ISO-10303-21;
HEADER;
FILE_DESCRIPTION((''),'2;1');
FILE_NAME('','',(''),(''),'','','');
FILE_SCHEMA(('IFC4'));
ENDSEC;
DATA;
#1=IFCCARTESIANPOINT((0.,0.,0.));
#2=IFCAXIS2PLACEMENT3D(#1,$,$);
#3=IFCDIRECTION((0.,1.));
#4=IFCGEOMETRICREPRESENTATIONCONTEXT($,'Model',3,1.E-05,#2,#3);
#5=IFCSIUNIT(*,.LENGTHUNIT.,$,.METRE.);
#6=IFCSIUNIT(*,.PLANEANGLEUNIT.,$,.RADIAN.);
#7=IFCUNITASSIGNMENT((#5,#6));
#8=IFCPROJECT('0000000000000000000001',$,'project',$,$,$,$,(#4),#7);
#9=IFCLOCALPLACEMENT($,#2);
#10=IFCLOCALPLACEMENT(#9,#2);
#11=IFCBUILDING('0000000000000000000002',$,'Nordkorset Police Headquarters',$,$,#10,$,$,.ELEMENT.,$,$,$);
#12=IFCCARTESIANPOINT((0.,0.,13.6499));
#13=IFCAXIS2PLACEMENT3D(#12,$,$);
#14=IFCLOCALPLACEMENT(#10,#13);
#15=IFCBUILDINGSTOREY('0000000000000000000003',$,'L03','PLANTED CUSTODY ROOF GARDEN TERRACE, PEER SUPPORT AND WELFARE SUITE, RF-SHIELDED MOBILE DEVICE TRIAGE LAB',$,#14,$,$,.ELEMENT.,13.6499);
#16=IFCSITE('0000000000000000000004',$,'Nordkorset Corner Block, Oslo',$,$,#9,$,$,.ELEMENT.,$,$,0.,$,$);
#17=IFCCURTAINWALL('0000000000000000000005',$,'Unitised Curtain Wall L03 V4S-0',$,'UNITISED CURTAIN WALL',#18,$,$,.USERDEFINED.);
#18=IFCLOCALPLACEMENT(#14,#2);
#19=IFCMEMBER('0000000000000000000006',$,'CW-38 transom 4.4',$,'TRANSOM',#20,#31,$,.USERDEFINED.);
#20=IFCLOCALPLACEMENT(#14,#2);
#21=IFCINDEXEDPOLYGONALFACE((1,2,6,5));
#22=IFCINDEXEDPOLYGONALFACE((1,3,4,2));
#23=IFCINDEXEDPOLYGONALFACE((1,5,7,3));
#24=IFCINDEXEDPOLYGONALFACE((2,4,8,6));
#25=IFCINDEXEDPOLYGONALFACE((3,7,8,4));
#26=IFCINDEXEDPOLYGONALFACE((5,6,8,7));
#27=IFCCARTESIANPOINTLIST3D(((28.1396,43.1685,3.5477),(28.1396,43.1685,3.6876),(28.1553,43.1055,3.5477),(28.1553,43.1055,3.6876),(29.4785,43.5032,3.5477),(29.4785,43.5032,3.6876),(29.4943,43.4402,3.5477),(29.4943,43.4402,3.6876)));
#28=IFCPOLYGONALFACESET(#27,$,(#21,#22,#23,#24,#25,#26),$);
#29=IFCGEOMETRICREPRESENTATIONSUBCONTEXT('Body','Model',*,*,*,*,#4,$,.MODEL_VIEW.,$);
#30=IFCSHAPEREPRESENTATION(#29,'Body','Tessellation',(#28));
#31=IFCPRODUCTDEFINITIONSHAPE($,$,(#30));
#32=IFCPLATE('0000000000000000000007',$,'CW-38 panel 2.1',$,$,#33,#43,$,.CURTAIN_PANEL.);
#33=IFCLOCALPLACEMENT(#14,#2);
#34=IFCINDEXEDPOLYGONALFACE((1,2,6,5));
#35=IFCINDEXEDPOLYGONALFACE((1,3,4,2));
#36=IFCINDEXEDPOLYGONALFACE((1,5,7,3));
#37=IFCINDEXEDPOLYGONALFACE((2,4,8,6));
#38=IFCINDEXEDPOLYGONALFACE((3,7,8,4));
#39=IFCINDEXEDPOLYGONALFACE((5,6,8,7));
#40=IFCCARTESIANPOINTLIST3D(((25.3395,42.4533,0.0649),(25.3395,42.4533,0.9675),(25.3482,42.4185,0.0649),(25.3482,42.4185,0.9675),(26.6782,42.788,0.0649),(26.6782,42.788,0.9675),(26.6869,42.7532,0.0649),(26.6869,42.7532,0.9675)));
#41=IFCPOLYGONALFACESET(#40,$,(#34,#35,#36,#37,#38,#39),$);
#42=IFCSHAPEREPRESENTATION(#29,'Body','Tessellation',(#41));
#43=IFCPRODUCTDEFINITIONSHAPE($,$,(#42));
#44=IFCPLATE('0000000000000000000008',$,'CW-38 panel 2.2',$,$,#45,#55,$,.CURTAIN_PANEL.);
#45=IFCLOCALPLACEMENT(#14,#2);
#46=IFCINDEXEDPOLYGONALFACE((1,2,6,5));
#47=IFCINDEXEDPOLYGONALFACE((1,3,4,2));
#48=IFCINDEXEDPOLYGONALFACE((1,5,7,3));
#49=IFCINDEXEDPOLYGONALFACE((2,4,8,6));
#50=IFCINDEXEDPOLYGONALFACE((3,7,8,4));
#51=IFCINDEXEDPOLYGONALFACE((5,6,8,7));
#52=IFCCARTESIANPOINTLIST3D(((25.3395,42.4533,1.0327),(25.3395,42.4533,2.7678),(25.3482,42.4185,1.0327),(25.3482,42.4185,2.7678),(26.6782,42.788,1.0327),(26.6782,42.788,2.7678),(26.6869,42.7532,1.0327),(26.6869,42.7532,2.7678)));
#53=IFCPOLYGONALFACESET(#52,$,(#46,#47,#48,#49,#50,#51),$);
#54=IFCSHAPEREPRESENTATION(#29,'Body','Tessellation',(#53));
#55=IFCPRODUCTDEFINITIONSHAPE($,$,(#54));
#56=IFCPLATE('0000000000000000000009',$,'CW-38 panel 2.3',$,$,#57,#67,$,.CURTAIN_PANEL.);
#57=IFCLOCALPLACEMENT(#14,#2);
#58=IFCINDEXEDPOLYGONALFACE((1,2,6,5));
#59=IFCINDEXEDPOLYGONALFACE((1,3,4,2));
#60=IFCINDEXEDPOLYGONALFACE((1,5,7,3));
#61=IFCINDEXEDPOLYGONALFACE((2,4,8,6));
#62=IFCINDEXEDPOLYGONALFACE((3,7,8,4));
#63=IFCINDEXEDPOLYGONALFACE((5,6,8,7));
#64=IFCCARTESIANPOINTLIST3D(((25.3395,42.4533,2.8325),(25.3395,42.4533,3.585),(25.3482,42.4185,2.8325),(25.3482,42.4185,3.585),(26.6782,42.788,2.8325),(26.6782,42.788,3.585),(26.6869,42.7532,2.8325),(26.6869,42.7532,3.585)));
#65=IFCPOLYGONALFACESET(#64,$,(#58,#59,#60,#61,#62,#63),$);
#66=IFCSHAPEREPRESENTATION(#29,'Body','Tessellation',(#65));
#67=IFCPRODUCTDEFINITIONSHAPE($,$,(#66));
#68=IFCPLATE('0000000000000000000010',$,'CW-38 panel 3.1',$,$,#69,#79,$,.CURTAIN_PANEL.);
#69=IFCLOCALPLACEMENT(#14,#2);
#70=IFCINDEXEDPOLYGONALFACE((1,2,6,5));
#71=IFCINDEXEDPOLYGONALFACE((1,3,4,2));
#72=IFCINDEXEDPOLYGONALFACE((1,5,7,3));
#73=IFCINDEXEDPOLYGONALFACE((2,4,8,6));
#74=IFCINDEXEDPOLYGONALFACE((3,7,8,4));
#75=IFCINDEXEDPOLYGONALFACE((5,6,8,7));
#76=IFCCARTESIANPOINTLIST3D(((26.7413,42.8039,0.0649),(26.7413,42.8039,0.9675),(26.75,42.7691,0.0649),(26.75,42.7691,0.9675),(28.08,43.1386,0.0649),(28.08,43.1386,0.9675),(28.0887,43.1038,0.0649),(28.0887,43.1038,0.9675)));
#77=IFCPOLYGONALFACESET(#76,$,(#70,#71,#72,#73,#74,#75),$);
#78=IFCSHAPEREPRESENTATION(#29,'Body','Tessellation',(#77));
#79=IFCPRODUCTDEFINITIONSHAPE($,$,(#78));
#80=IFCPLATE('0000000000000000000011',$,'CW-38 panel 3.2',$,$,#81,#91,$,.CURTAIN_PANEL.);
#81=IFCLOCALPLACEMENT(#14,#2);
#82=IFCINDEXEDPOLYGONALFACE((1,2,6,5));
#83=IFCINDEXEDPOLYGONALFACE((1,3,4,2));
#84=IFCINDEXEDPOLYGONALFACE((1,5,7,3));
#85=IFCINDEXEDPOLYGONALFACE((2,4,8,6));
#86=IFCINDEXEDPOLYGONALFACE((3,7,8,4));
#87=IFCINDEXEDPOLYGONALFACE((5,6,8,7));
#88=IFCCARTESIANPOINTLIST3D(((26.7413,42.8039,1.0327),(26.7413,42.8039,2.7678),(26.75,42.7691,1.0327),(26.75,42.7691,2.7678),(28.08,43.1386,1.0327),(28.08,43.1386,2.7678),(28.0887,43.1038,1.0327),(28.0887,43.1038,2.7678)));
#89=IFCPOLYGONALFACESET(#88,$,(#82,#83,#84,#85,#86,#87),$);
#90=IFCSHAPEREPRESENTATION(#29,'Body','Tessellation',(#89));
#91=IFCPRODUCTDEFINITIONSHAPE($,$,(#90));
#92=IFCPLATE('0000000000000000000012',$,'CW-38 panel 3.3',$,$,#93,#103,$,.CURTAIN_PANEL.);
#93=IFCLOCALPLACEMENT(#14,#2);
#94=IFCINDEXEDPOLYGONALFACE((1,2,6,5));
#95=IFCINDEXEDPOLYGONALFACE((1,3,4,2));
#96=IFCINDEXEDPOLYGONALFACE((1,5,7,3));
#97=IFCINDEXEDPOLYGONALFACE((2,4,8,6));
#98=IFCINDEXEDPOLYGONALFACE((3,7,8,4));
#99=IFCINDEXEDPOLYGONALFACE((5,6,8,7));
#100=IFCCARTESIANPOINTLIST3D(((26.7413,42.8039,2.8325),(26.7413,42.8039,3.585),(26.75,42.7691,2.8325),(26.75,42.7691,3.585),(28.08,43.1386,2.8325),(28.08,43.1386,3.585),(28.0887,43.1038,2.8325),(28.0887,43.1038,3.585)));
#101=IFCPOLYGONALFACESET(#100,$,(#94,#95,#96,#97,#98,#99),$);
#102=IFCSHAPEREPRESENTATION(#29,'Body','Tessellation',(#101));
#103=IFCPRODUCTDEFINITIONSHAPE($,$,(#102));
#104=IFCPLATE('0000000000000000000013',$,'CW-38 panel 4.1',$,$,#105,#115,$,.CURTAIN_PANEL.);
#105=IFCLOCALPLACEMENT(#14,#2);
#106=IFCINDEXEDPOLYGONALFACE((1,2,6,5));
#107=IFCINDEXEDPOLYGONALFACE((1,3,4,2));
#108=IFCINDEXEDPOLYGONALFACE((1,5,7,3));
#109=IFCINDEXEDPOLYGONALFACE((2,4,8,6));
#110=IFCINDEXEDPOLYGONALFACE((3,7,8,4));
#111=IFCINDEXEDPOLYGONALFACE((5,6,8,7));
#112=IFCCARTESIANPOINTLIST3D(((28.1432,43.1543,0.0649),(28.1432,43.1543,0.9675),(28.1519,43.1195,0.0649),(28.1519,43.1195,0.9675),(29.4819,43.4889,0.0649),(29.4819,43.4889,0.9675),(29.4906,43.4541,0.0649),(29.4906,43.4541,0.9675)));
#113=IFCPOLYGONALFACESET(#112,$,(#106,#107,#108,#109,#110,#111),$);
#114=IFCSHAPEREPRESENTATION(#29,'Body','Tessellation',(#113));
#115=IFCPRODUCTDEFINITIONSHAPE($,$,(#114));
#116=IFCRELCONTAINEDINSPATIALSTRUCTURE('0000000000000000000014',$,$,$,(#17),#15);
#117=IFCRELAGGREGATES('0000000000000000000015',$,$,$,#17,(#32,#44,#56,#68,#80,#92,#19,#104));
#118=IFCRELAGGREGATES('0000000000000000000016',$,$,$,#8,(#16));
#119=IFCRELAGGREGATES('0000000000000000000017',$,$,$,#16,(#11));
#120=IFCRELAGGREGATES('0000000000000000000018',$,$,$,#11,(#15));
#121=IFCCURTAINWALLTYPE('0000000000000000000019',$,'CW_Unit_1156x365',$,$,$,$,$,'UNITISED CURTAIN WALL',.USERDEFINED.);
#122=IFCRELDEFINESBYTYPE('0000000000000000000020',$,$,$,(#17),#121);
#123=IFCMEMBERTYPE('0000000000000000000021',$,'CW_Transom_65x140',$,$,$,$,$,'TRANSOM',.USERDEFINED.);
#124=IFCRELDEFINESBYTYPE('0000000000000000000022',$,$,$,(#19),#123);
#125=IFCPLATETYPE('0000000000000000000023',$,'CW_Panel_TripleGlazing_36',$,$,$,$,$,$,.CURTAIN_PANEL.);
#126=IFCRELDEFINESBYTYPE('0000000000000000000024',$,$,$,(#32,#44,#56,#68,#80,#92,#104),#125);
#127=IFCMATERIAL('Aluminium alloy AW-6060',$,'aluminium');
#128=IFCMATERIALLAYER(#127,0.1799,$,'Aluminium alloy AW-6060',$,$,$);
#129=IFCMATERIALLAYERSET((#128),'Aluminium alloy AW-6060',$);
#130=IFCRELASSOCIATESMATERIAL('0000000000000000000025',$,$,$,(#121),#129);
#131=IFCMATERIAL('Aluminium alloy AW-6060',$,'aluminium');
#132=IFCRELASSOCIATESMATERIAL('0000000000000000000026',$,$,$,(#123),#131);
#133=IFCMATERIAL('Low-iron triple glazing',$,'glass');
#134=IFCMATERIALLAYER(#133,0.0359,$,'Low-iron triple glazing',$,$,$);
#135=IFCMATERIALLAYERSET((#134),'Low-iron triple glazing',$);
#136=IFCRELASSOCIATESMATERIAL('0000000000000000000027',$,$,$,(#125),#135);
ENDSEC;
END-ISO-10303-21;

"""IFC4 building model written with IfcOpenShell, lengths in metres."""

from ifc_helpers import new_model, si_unit, direction, frame, origin, origin_2d, place, context, subcontext, project, spatial, rectangle, extrude, material, layer, layer_set, material_profile, profile_set, type_object, element, aggregate, save


model = new_model("IFC4")

# Units and contexts
model_context = context("Model", 3, precision=1e-05, world=origin(), true_north=direction((0.0, 1.0)))
body_context = subcontext(model_context, "Body", "Model", "MODEL_VIEW")
ifc_project = project(units=[si_unit("LENGTHUNIT", "METRE"), si_unit("PLANEANGLEUNIT", "RADIAN")], contexts=[model_context])

# Site, building, storey
site_placement = place(None, origin())
site = spatial("IfcSite", under=ifc_project, at=site_placement, Name="Nordkorset Corner Block, Oslo", CompositionType="ELEMENT", RefElevation=0.0)
building_placement = place(site_placement, origin())
building = spatial("IfcBuilding", under=site, at=building_placement, Name="Nordkorset Police Headquarters", CompositionType="ELEMENT")
storey_placement = place(building_placement, frame((0.0, 0.0, 13.6499)))
storey = spatial("IfcBuildingStorey", under=building, at=storey_placement, Name="L03", Description="PLANTED CUSTODY ROOF GARDEN TERRACE, PEER SUPPORT AND WELFARE SUITE, RF-SHIELDED MOBILE DEVICE TRIAGE LAB", CompositionType="ELEMENT", Elevation=13.6499)

# Curtain wall, member, plates
ifc_material_1 = material(Name="Aluminium alloy AW-6060", Category="aluminium")
ifc_layer_1 = layer(ifc_material_1, 0.1799, Name="Aluminium alloy AW-6060")
ifc_layer_set_1 = layer_set([ifc_layer_1], Name="Aluminium alloy AW-6060")
curtain_wall_type = type_object("IfcCurtainWallType", Name="CW_Unit_1156x365", ElementType="UNITISED CURTAIN WALL", PredefinedType="USERDEFINED", material=ifc_layer_set_1)
curtain_wall_placement = place(storey_placement, origin())
curtain_wall = element("IfcCurtainWall", 1, at=curtain_wall_placement, inside=storey, type_object=curtain_wall_type, Name="Unitised Curtain Wall L03 V4S-0", ObjectType="UNITISED CURTAIN WALL", PredefinedType="USERDEFINED")
ifc_material_2 = material(Name="Aluminium alloy AW-6060", Category="aluminium")
ifc_material_profile_1 = material_profile(ifc_material_2, rectangle(XDim=0.0649, YDim=0.1399, at=origin_2d()), Name="ALU TRAN 65x140")
ifc_profile_set_1 = profile_set([ifc_material_profile_1], Name="Aluminium alloy AW-6060")
member_type_1 = type_object("IfcMemberType", Name="CW_Transom_65x140", ElementType="TRANSOM", PredefinedType="USERDEFINED", material=ifc_profile_set_1)
member_1_placement = place(storey_placement, frame((28.1475, 43.137, 3.6177), z_axis=(0.970143, 0.242536, 0.0), x_axis=(-0.242536, 0.970143, 0.0)))
member_1 = element("IfcMember", 2, at=member_1_placement, type_object=member_type_1, Name="CW-38 transom 4.4", ObjectType="TRANSOM", PredefinedType="USERDEFINED", context=body_context, shape_type="SweptSolid", body=[
    extrude(rectangle(XDim=0.0649, YDim=0.1399, at=origin_2d()), origin(), (0.0, 0.0, 1.0), 1.3801),
])
ifc_material_3 = material(Name="Low-iron triple glazing", Category="glass")
ifc_layer_2 = layer(ifc_material_3, 0.0359, Name="Low-iron triple glazing")
ifc_layer_set_2 = layer_set([ifc_layer_2], Name="Low-iron triple glazing")
plate_type = type_object("IfcPlateType", Name="CW_Panel_TripleGlazing_36", PredefinedType="CURTAIN_PANEL", material=ifc_layer_set_2)
plate_1_placement = place(storey_placement, frame((26.0132, 42.6033, 0.0649), z_axis=(0.0, 0.0, 1.0), x_axis=(0.970143, 0.242536, 0.0)))
plate_1 = element("IfcPlate", 3, at=plate_1_placement, type_object=plate_type, Name="CW-38 panel 2.1", PredefinedType="CURTAIN_PANEL", context=body_context, shape_type="SweptSolid", body=[
    extrude(rectangle(XDim=1.3799, YDim=0.0359, at=origin_2d()), origin(), (0.0, 0.0, 1.0), 0.9026),
])
plate_2_placement = place(storey_placement, frame((26.0132, 42.6033, 1.0327), z_axis=(0.0, 0.0, 1.0), x_axis=(0.970143, 0.242536, 0.0)))
plate_2 = element("IfcPlate", 4, at=plate_2_placement, type_object=plate_type, Name="CW-38 panel 2.2", PredefinedType="CURTAIN_PANEL", context=body_context, shape_type="SweptSolid", body=[
    extrude(rectangle(XDim=1.3799, YDim=0.0359, at=origin_2d()), origin(), (0.0, 0.0, 1.0), 1.7351),
])
plate_3_placement = place(storey_placement, frame((26.0132, 42.6033, 2.8325), z_axis=(0.0, 0.0, 1.0), x_axis=(0.970143, 0.242536, 0.0)))
plate_3 = element("IfcPlate", 5, at=plate_3_placement, type_object=plate_type, Name="CW-38 panel 2.3", PredefinedType="CURTAIN_PANEL", context=body_context, shape_type="SweptSolid", body=[
    extrude(rectangle(XDim=1.3799, YDim=0.0359, at=origin_2d()), origin(), (0.0, 0.0, 1.0), 0.7524),
])
plate_4_placement = place(storey_placement, frame((27.415, 42.9539, 0.0649), z_axis=(0.0, 0.0, 1.0), x_axis=(0.970143, 0.242536, 0.0)))
plate_4 = element("IfcPlate", 6, at=plate_4_placement, type_object=plate_type, Name="CW-38 panel 3.1", PredefinedType="CURTAIN_PANEL", context=body_context, shape_type="SweptSolid", body=[
    extrude(rectangle(XDim=1.3799, YDim=0.0359, at=origin_2d()), origin(), (0.0, 0.0, 1.0), 0.9026),
])
plate_5_placement = place(storey_placement, frame((27.415, 42.9539, 1.0327), z_axis=(0.0, 0.0, 1.0), x_axis=(0.970143, 0.242536, 0.0)))
plate_5 = element("IfcPlate", 7, at=plate_5_placement, type_object=plate_type, Name="CW-38 panel 3.2", PredefinedType="CURTAIN_PANEL", context=body_context, shape_type="SweptSolid", body=[
    extrude(rectangle(XDim=1.3799, YDim=0.0359, at=origin_2d()), origin(), (0.0, 0.0, 1.0), 1.7351),
])
plate_6_placement = place(storey_placement, frame((27.415, 42.9539, 2.8325), z_axis=(0.0, 0.0, 1.0), x_axis=(0.970143, 0.242536, 0.0)))
plate_6 = element("IfcPlate", 8, at=plate_6_placement, type_object=plate_type, Name="CW-38 panel 3.3", PredefinedType="CURTAIN_PANEL", context=body_context, shape_type="SweptSolid", body=[
    extrude(rectangle(XDim=1.3799, YDim=0.0359, at=origin_2d()), origin(), (0.0, 0.0, 1.0), 0.7524),
])
plate_7_placement = place(storey_placement, frame((28.8169, 43.3042, 0.0649), z_axis=(0.0, 0.0, 1.0), x_axis=(0.970143, 0.242536, 0.0)))
plate_7 = element("IfcPlate", 9, at=plate_7_placement, type_object=plate_type, Name="CW-38 panel 4.1", PredefinedType="CURTAIN_PANEL", context=body_context, shape_type="SweptSolid", body=[
    extrude(rectangle(XDim=1.3799, YDim=0.0359, at=origin_2d()), origin(), (0.0, 0.0, 1.0), 0.9026),
])
aggregate(curtain_wall, [plate_1, plate_2, plate_3, plate_4, plate_5, plate_6, member_1, plate_7])

save(model, "model.ifc")
